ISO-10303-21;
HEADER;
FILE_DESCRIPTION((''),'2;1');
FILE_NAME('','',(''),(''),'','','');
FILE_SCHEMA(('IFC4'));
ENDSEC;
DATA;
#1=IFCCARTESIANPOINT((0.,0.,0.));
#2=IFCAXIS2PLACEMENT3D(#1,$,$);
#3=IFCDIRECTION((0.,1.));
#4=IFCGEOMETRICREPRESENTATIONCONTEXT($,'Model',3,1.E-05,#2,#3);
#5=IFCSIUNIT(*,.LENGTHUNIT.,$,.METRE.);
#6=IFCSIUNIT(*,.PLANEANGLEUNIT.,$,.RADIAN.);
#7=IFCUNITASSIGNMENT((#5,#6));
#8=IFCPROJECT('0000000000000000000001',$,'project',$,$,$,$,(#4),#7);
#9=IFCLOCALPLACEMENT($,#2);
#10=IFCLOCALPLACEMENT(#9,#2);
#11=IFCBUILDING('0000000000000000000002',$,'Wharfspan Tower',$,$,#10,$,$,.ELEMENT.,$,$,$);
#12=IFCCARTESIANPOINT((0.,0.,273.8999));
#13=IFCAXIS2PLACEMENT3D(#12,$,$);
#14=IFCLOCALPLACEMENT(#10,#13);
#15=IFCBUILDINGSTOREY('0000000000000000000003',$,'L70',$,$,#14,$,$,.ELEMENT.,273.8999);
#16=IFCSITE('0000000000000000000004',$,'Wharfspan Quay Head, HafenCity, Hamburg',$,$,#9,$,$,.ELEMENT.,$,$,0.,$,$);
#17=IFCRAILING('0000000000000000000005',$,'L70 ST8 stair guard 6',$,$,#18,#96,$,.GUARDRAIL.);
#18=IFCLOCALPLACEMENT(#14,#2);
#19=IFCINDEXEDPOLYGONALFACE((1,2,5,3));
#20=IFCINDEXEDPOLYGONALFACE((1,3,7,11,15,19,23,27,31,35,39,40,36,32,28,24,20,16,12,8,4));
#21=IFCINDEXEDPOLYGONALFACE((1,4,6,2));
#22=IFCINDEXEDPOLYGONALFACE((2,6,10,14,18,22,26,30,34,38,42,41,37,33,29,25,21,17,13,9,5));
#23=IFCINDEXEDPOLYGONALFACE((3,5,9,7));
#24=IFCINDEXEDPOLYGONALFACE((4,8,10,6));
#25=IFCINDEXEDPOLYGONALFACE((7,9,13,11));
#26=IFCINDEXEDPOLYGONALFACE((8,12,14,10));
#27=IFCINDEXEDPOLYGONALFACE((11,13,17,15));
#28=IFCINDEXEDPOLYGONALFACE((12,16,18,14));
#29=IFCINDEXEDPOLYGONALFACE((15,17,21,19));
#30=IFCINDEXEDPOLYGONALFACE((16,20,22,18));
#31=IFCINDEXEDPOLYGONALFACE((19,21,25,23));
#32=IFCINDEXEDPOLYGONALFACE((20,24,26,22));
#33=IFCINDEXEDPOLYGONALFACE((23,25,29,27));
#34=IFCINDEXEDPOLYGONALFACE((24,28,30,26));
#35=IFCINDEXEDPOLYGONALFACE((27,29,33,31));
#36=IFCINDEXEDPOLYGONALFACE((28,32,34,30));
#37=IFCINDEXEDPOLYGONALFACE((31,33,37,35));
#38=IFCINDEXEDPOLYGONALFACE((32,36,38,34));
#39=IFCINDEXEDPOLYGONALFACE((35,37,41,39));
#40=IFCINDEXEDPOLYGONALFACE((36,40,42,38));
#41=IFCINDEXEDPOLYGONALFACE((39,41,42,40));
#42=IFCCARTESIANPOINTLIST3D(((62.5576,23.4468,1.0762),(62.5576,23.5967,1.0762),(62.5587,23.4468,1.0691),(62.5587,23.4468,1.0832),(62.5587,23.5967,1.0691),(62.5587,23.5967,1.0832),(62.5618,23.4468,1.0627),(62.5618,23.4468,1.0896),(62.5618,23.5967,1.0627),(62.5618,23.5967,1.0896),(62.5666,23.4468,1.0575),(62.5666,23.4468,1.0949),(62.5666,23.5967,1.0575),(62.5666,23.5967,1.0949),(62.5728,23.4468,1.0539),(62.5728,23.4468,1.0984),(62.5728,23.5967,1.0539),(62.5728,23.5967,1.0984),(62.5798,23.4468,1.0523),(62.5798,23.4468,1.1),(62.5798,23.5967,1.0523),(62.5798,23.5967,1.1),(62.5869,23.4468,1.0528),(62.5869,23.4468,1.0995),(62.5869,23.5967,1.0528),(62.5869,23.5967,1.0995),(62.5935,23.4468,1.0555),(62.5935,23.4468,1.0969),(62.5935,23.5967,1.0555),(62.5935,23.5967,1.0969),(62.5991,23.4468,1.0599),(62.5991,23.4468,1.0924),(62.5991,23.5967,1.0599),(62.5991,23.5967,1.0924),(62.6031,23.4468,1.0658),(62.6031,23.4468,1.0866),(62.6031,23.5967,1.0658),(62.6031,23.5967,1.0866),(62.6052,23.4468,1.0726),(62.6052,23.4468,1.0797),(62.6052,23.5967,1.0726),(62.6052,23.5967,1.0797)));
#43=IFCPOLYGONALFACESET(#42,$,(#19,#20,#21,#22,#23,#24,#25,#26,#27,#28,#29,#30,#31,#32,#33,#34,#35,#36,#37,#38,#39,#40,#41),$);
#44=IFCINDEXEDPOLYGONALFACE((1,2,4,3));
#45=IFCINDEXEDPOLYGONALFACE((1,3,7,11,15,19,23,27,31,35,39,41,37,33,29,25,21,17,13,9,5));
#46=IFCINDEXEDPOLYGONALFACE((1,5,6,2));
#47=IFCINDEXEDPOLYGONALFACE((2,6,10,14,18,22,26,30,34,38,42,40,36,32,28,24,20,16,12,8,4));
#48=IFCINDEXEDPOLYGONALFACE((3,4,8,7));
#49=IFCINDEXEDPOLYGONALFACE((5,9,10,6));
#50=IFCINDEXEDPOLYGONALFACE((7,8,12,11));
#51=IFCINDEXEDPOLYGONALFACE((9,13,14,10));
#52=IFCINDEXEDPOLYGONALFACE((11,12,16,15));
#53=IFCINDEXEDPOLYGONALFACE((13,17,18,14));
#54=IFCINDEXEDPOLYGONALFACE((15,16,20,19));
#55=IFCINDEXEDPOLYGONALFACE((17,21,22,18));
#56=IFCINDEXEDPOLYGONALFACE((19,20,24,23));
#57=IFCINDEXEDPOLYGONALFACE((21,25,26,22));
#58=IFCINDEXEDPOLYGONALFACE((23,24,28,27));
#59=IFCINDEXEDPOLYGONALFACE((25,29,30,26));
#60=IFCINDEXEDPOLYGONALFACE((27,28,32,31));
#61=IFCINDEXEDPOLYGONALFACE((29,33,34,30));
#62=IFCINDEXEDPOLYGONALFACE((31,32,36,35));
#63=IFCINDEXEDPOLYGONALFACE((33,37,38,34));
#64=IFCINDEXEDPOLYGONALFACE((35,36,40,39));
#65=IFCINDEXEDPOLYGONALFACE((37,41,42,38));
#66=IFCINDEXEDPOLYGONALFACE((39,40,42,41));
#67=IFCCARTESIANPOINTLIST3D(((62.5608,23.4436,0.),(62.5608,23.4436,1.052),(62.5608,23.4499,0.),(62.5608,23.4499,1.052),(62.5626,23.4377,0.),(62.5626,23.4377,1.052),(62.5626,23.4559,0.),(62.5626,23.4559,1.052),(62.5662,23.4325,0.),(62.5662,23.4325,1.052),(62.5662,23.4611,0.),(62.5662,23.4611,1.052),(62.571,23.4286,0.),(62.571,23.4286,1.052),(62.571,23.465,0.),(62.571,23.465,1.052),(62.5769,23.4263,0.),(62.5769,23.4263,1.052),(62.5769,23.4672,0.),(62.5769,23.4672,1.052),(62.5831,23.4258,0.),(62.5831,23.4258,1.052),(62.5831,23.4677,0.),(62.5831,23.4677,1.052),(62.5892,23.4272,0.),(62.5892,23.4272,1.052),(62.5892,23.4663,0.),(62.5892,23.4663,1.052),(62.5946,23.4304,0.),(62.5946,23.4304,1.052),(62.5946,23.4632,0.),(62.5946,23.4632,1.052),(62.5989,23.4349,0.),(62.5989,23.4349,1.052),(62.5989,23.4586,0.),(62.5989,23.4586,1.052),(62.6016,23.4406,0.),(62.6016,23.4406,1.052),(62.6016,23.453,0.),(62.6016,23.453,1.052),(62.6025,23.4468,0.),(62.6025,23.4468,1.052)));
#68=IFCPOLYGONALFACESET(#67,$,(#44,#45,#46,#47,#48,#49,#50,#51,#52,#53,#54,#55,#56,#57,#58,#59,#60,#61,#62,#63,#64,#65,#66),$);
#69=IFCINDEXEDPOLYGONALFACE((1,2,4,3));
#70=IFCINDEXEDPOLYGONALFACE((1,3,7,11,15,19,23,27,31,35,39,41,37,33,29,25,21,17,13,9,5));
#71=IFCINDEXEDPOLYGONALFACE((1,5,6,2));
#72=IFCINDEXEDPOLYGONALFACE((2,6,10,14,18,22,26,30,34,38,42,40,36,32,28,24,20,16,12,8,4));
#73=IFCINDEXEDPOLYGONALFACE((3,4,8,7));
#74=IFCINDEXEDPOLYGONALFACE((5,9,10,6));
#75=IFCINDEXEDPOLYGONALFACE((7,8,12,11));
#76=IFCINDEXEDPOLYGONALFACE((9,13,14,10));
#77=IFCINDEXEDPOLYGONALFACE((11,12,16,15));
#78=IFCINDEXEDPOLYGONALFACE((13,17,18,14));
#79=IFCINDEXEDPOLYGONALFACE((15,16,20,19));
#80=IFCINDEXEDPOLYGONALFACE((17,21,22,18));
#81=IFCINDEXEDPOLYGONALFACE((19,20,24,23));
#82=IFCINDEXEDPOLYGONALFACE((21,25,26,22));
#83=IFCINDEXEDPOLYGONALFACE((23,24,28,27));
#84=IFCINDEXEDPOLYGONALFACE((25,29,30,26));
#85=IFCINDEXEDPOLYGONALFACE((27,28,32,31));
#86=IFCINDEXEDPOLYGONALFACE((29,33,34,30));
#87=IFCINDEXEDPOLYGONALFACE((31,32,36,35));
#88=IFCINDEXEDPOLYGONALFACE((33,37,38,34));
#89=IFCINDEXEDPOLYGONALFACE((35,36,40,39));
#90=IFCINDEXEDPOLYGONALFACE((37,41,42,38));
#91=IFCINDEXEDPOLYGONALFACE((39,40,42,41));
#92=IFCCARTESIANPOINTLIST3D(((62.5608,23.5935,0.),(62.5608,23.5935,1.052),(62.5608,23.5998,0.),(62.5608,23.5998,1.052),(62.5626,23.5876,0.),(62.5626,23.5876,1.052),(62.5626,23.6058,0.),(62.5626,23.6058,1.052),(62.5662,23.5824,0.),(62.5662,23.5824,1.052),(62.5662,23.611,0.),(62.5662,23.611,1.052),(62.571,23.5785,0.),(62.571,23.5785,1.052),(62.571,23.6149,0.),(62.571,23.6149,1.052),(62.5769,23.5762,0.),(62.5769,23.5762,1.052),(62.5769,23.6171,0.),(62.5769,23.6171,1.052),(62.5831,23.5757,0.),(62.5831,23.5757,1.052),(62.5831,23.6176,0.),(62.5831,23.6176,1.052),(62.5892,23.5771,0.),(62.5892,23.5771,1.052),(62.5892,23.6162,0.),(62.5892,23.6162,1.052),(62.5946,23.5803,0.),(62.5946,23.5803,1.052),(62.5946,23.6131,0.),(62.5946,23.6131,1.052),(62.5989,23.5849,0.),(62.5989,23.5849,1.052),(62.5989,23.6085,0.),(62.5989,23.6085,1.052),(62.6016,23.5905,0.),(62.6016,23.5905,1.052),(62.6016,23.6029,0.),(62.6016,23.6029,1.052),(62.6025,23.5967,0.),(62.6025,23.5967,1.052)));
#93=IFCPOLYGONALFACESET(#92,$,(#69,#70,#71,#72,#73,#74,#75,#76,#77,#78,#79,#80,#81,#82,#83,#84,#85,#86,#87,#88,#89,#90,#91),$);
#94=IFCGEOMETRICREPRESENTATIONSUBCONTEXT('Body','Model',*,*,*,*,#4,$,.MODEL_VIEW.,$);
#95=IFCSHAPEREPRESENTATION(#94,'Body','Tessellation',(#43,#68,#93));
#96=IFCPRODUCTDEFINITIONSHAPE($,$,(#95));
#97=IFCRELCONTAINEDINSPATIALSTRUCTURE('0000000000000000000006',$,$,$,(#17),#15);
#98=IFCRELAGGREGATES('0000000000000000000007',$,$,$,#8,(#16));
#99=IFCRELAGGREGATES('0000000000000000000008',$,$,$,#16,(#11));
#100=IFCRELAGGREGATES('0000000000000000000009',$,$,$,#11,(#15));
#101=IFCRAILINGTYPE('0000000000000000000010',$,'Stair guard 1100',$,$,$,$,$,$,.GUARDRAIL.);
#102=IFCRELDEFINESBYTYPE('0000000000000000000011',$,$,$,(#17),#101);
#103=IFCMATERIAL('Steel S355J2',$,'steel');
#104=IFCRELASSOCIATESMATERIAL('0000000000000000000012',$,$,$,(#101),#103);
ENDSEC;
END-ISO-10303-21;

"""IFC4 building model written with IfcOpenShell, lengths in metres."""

from ifc_helpers import new_model, si_unit, direction, frame, origin, origin_2d, place, context, subcontext, project, spatial, circle, extrude, material, type_object, element, save


model = new_model("IFC4")

# Units and contexts
model_context = context("Model", 3, precision=1e-05, world=origin(), true_north=direction((0.0, 1.0)))
body_context = subcontext(model_context, "Body", "Model", "MODEL_VIEW")
ifc_project = project(units=[si_unit("LENGTHUNIT", "METRE"), si_unit("PLANEANGLEUNIT", "RADIAN")], contexts=[model_context])

# Site, building, storey
site_placement = place(None, origin())
site = spatial("IfcSite", under=ifc_project, at=site_placement, Name="Wharfspan Quay Head, HafenCity, Hamburg", CompositionType="ELEMENT", RefElevation=0.0)
building_placement = place(site_placement, origin())
building = spatial("IfcBuilding", under=site, at=building_placement, Name="Wharfspan Tower", CompositionType="ELEMENT")
storey_placement = place(building_placement, frame((0.0, 0.0, 273.8999)))
storey = spatial("IfcBuildingStorey", under=building, at=storey_placement, Name="L70", CompositionType="ELEMENT", Elevation=273.8999)

# Shared definitions
ifc_material_1 = material(Name="Steel S355J2", Category="steel")

# Railing
railing_type_1 = type_object("IfcRailingType", Name="Stair guard 1100", PredefinedType="GUARDRAIL", material=ifc_material_1)
railing_1_placement = place(storey_placement, frame((62.5815, 23.4468, 0.0)))
element("IfcRailing", 1, at=railing_1_placement, inside=storey, type_object=railing_type_1, Name="L70 ST8 stair guard 6", PredefinedType="GUARDRAIL", context=body_context, shape_type="SweptSolid", body=[
    extrude(circle(Radius=0.0239, at=origin_2d()), frame((0.0, 0.0, 1.0762), z_axis=(0.0, 1.0, 0.0), x_axis=(-1.0, 0.0, 0.0)), (0.0, 0.0, 1.0), 0.1499),
    extrude(circle(Radius=0.021, at=origin_2d()), origin(), (0.0, 0.0, 1.0), 1.052),
    extrude(circle(Radius=0.021, at=origin_2d()), frame((0.0, 0.1499, 0.0)), (0.0, 0.0, 1.0), 1.052),
])

save(model, "model.ifc")
